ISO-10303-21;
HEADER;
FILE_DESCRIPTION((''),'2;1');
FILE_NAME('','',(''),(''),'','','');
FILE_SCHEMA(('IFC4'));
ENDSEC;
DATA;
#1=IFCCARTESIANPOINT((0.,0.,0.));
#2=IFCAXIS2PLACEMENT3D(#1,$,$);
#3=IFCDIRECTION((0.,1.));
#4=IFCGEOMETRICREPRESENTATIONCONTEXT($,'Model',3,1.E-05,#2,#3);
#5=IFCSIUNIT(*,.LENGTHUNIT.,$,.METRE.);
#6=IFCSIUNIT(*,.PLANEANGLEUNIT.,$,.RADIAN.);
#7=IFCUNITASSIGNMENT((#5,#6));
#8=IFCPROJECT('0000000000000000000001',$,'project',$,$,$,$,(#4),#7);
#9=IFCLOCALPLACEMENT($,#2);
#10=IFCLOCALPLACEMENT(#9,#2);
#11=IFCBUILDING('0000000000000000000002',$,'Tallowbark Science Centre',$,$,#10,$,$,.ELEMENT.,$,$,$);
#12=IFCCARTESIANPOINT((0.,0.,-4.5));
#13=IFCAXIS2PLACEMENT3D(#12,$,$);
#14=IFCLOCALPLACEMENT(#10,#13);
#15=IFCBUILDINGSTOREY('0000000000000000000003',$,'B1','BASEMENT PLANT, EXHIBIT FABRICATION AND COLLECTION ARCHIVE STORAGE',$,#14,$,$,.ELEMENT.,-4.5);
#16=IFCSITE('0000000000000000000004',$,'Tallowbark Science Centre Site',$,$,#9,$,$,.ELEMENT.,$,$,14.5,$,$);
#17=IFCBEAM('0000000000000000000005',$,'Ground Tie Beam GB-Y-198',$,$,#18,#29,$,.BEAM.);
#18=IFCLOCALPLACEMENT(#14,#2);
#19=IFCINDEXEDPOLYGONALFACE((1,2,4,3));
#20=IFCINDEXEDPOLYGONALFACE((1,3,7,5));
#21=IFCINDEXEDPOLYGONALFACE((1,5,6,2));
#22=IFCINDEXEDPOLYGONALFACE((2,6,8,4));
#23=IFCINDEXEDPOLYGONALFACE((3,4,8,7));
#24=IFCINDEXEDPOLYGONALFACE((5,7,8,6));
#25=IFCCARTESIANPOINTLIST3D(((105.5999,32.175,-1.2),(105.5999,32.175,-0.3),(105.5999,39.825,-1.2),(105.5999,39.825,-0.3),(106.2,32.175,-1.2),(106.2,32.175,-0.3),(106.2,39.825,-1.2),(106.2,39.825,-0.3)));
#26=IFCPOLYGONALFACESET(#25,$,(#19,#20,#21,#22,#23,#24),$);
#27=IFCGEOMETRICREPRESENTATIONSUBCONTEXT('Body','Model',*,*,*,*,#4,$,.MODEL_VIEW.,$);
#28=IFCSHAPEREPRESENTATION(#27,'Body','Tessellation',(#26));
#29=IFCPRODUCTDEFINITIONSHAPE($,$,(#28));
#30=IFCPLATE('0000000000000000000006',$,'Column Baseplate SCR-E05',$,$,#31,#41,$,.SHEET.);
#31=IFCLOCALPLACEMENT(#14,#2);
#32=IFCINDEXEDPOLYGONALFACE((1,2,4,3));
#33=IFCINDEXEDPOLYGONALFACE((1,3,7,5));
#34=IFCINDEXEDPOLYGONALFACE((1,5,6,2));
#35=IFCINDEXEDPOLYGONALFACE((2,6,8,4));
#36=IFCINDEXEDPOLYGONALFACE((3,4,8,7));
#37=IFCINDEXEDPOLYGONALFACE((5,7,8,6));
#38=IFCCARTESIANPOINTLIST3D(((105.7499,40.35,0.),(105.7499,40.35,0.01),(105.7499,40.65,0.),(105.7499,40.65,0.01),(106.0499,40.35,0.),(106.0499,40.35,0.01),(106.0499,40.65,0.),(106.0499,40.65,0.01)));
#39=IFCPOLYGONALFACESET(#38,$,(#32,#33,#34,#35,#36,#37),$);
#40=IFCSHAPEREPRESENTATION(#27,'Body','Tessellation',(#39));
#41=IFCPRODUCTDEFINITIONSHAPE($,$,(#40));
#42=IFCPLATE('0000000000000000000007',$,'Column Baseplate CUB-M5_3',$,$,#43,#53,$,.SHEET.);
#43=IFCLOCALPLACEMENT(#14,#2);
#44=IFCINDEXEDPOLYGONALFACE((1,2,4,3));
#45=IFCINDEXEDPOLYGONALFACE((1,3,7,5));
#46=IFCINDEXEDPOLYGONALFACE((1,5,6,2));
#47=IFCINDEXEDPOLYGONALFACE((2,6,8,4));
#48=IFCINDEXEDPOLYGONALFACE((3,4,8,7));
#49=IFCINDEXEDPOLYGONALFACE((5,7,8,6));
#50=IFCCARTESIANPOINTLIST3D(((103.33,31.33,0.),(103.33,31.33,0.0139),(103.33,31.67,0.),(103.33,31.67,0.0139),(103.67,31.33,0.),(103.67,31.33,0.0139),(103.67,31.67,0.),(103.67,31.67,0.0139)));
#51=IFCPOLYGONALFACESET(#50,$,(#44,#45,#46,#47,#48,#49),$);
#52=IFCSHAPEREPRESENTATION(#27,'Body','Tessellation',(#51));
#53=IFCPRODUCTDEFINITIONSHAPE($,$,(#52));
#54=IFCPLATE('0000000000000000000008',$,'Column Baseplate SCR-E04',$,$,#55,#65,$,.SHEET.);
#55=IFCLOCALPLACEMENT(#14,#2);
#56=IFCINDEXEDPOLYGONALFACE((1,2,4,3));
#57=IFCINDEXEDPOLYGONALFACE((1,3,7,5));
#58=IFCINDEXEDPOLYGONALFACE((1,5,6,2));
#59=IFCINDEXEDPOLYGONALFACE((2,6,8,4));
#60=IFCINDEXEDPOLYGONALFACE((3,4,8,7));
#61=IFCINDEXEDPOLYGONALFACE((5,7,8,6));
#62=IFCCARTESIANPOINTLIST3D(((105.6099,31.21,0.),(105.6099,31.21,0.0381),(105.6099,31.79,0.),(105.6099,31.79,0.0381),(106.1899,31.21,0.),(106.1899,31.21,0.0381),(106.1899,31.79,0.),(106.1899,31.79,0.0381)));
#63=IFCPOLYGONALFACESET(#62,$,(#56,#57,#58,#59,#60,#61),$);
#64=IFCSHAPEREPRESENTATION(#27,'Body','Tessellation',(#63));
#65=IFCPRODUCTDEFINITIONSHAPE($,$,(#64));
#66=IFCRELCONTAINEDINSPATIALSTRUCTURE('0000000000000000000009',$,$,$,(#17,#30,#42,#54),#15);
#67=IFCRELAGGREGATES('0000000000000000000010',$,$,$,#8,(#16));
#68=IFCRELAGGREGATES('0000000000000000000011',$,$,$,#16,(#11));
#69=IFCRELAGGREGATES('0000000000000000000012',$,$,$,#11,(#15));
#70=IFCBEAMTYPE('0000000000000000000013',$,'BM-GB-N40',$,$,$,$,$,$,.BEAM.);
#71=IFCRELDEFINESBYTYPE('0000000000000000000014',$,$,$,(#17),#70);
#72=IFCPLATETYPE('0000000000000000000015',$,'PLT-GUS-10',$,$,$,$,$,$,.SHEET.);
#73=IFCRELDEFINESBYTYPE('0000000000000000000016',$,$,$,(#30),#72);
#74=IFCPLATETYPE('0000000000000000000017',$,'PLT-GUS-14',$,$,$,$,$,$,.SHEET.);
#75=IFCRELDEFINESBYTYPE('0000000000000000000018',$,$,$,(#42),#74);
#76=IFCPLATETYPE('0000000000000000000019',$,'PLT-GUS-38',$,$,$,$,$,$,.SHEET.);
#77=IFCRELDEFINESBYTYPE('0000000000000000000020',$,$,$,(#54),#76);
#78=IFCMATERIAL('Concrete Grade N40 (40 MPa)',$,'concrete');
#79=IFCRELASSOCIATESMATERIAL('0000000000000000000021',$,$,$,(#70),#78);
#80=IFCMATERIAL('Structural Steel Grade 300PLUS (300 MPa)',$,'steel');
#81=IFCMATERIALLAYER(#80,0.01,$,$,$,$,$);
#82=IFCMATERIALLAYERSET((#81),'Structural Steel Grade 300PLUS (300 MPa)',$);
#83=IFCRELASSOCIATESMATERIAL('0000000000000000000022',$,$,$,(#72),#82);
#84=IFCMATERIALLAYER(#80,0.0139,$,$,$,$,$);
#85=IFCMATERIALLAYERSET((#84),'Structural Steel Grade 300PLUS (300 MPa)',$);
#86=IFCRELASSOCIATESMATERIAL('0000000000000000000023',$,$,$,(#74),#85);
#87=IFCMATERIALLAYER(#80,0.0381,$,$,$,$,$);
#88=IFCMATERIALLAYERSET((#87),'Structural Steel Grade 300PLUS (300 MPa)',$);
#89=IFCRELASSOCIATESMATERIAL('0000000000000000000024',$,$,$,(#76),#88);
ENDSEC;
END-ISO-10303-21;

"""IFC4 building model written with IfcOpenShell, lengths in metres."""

from ifc_helpers import new_model, si_unit, direction, frame, origin, origin_2d, place, context, subcontext, project, spatial, rectangle, extrude, material, layer, layer_set, material_profile, profile_set, type_object, element, save


model = new_model("IFC4")

# Units and contexts
model_context = context("Model", 3, precision=1e-05, world=origin(), true_north=direction((0.0, 1.0)))
body_context = subcontext(model_context, "Body", "Model", "MODEL_VIEW")
ifc_project = project(units=[si_unit("LENGTHUNIT", "METRE"), si_unit("PLANEANGLEUNIT", "RADIAN")], contexts=[model_context])

# Site, building, storey
site_placement = place(None, origin())
site = spatial("IfcSite", under=ifc_project, at=site_placement, Name="Tallowbark Science Centre Site", CompositionType="ELEMENT", RefElevation=14.5)
building_placement = place(site_placement, origin())
building = spatial("IfcBuilding", under=site, at=building_placement, Name="Tallowbark Science Centre", CompositionType="ELEMENT")
storey_placement = place(building_placement, frame((0.0, 0.0, -4.5)))
storey = spatial("IfcBuildingStorey", under=building, at=storey_placement, Name="B1", Description="BASEMENT PLANT, EXHIBIT FABRICATION AND COLLECTION ARCHIVE STORAGE", CompositionType="ELEMENT", Elevation=-4.5)

# Shared definitions
ifc_material_1 = material(Name="Concrete Grade N40 (40 MPa)", Category="concrete")

# Shared definitions
ifc_material_2 = material(Name="Structural Steel Grade 300PLUS (300 MPa)", Category="steel")

# Beam
ifc_material_profile_1 = material_profile(ifc_material_1, rectangle(XDim=0.6001, YDim=0.8999, at=origin_2d()), Name="RC600x900")
ifc_profile_set_1 = profile_set([ifc_material_profile_1], Name="Concrete Grade N40 (40 MPa)")
beam_type = type_object("IfcBeamType", Name="BM-GB-N40", PredefinedType="BEAM", material=ifc_profile_set_1)
beam_1_placement = place(storey_placement, frame((105.8999, 32.175, -0.75), z_axis=(0.0, 1.0, 0.0), x_axis=(-1.0, 0.0, 0.0)))
element("IfcBeam", 1, at=beam_1_placement, inside=storey, type_object=beam_type, Name="Ground Tie Beam GB-Y-198", PredefinedType="BEAM", context=body_context, shape_type="SweptSolid", body=[
    extrude(rectangle(XDim=0.6001, YDim=0.8999, at=origin_2d()), origin(), (0.0, 0.0, 1.0), 7.6499),
])

# Plates
ifc_layer_1 = layer(ifc_material_2, 0.01)
ifc_layer_set_1 = layer_set([ifc_layer_1], Name="Structural Steel Grade 300PLUS (300 MPa)")
plate_type_1 = type_object("IfcPlateType", Name="PLT-GUS-10", PredefinedType="SHEET", material=ifc_layer_set_1)
plate_1_placement = place(storey_placement, frame((105.8999, 40.5, 0.0), z_axis=(0.0, 0.0, 1.0), x_axis=(1.0, 0.0, 0.0)))
element("IfcPlate", 2, at=plate_1_placement, inside=storey, type_object=plate_type_1, Name="Column Baseplate SCR-E05", PredefinedType="SHEET", context=body_context, shape_type="SweptSolid", body=[
    extrude(rectangle(XDim=0.3, YDim=0.3, at=origin_2d()), origin(), (0.0, 0.0, 1.0), 0.01),
])
ifc_layer_2 = layer(ifc_material_2, 0.0139)
ifc_layer_set_2 = layer_set([ifc_layer_2], Name="Structural Steel Grade 300PLUS (300 MPa)")
plate_type_2 = type_object("IfcPlateType", Name="PLT-GUS-14", PredefinedType="SHEET", material=ifc_layer_set_2)
plate_2_placement = place(storey_placement, frame((103.5, 31.5, 0.0), z_axis=(0.0, 0.0, 1.0), x_axis=(1.0, 0.0, 0.0)))
element("IfcPlate", 3, at=plate_2_placement, inside=storey, type_object=plate_type_2, Name="Column Baseplate CUB-M5_3", PredefinedType="SHEET", context=body_context, shape_type="SweptSolid", body=[
    extrude(rectangle(XDim=0.3401, YDim=0.3401, at=origin_2d()), origin(), (0.0, 0.0, 1.0), 0.0139),
])
ifc_layer_3 = layer(ifc_material_2, 0.0381)
ifc_layer_set_3 = layer_set([ifc_layer_3], Name="Structural Steel Grade 300PLUS (300 MPa)")
plate_type_3 = type_object("IfcPlateType", Name="PLT-GUS-38", PredefinedType="SHEET", material=ifc_layer_set_3)
plate_3_placement = place(storey_placement, frame((105.8999, 31.5, 0.0), z_axis=(0.0, 0.0, 1.0), x_axis=(1.0, 0.0, 0.0)))
element("IfcPlate", 4, at=plate_3_placement, inside=storey, type_object=plate_type_3, Name="Column Baseplate SCR-E04", PredefinedType="SHEET", context=body_context, shape_type="SweptSolid", body=[
    extrude(rectangle(XDim=0.5801, YDim=0.5801, at=origin_2d()), origin(), (0.0, 0.0, 1.0), 0.0381),
])

save(model, "model.ifc")
